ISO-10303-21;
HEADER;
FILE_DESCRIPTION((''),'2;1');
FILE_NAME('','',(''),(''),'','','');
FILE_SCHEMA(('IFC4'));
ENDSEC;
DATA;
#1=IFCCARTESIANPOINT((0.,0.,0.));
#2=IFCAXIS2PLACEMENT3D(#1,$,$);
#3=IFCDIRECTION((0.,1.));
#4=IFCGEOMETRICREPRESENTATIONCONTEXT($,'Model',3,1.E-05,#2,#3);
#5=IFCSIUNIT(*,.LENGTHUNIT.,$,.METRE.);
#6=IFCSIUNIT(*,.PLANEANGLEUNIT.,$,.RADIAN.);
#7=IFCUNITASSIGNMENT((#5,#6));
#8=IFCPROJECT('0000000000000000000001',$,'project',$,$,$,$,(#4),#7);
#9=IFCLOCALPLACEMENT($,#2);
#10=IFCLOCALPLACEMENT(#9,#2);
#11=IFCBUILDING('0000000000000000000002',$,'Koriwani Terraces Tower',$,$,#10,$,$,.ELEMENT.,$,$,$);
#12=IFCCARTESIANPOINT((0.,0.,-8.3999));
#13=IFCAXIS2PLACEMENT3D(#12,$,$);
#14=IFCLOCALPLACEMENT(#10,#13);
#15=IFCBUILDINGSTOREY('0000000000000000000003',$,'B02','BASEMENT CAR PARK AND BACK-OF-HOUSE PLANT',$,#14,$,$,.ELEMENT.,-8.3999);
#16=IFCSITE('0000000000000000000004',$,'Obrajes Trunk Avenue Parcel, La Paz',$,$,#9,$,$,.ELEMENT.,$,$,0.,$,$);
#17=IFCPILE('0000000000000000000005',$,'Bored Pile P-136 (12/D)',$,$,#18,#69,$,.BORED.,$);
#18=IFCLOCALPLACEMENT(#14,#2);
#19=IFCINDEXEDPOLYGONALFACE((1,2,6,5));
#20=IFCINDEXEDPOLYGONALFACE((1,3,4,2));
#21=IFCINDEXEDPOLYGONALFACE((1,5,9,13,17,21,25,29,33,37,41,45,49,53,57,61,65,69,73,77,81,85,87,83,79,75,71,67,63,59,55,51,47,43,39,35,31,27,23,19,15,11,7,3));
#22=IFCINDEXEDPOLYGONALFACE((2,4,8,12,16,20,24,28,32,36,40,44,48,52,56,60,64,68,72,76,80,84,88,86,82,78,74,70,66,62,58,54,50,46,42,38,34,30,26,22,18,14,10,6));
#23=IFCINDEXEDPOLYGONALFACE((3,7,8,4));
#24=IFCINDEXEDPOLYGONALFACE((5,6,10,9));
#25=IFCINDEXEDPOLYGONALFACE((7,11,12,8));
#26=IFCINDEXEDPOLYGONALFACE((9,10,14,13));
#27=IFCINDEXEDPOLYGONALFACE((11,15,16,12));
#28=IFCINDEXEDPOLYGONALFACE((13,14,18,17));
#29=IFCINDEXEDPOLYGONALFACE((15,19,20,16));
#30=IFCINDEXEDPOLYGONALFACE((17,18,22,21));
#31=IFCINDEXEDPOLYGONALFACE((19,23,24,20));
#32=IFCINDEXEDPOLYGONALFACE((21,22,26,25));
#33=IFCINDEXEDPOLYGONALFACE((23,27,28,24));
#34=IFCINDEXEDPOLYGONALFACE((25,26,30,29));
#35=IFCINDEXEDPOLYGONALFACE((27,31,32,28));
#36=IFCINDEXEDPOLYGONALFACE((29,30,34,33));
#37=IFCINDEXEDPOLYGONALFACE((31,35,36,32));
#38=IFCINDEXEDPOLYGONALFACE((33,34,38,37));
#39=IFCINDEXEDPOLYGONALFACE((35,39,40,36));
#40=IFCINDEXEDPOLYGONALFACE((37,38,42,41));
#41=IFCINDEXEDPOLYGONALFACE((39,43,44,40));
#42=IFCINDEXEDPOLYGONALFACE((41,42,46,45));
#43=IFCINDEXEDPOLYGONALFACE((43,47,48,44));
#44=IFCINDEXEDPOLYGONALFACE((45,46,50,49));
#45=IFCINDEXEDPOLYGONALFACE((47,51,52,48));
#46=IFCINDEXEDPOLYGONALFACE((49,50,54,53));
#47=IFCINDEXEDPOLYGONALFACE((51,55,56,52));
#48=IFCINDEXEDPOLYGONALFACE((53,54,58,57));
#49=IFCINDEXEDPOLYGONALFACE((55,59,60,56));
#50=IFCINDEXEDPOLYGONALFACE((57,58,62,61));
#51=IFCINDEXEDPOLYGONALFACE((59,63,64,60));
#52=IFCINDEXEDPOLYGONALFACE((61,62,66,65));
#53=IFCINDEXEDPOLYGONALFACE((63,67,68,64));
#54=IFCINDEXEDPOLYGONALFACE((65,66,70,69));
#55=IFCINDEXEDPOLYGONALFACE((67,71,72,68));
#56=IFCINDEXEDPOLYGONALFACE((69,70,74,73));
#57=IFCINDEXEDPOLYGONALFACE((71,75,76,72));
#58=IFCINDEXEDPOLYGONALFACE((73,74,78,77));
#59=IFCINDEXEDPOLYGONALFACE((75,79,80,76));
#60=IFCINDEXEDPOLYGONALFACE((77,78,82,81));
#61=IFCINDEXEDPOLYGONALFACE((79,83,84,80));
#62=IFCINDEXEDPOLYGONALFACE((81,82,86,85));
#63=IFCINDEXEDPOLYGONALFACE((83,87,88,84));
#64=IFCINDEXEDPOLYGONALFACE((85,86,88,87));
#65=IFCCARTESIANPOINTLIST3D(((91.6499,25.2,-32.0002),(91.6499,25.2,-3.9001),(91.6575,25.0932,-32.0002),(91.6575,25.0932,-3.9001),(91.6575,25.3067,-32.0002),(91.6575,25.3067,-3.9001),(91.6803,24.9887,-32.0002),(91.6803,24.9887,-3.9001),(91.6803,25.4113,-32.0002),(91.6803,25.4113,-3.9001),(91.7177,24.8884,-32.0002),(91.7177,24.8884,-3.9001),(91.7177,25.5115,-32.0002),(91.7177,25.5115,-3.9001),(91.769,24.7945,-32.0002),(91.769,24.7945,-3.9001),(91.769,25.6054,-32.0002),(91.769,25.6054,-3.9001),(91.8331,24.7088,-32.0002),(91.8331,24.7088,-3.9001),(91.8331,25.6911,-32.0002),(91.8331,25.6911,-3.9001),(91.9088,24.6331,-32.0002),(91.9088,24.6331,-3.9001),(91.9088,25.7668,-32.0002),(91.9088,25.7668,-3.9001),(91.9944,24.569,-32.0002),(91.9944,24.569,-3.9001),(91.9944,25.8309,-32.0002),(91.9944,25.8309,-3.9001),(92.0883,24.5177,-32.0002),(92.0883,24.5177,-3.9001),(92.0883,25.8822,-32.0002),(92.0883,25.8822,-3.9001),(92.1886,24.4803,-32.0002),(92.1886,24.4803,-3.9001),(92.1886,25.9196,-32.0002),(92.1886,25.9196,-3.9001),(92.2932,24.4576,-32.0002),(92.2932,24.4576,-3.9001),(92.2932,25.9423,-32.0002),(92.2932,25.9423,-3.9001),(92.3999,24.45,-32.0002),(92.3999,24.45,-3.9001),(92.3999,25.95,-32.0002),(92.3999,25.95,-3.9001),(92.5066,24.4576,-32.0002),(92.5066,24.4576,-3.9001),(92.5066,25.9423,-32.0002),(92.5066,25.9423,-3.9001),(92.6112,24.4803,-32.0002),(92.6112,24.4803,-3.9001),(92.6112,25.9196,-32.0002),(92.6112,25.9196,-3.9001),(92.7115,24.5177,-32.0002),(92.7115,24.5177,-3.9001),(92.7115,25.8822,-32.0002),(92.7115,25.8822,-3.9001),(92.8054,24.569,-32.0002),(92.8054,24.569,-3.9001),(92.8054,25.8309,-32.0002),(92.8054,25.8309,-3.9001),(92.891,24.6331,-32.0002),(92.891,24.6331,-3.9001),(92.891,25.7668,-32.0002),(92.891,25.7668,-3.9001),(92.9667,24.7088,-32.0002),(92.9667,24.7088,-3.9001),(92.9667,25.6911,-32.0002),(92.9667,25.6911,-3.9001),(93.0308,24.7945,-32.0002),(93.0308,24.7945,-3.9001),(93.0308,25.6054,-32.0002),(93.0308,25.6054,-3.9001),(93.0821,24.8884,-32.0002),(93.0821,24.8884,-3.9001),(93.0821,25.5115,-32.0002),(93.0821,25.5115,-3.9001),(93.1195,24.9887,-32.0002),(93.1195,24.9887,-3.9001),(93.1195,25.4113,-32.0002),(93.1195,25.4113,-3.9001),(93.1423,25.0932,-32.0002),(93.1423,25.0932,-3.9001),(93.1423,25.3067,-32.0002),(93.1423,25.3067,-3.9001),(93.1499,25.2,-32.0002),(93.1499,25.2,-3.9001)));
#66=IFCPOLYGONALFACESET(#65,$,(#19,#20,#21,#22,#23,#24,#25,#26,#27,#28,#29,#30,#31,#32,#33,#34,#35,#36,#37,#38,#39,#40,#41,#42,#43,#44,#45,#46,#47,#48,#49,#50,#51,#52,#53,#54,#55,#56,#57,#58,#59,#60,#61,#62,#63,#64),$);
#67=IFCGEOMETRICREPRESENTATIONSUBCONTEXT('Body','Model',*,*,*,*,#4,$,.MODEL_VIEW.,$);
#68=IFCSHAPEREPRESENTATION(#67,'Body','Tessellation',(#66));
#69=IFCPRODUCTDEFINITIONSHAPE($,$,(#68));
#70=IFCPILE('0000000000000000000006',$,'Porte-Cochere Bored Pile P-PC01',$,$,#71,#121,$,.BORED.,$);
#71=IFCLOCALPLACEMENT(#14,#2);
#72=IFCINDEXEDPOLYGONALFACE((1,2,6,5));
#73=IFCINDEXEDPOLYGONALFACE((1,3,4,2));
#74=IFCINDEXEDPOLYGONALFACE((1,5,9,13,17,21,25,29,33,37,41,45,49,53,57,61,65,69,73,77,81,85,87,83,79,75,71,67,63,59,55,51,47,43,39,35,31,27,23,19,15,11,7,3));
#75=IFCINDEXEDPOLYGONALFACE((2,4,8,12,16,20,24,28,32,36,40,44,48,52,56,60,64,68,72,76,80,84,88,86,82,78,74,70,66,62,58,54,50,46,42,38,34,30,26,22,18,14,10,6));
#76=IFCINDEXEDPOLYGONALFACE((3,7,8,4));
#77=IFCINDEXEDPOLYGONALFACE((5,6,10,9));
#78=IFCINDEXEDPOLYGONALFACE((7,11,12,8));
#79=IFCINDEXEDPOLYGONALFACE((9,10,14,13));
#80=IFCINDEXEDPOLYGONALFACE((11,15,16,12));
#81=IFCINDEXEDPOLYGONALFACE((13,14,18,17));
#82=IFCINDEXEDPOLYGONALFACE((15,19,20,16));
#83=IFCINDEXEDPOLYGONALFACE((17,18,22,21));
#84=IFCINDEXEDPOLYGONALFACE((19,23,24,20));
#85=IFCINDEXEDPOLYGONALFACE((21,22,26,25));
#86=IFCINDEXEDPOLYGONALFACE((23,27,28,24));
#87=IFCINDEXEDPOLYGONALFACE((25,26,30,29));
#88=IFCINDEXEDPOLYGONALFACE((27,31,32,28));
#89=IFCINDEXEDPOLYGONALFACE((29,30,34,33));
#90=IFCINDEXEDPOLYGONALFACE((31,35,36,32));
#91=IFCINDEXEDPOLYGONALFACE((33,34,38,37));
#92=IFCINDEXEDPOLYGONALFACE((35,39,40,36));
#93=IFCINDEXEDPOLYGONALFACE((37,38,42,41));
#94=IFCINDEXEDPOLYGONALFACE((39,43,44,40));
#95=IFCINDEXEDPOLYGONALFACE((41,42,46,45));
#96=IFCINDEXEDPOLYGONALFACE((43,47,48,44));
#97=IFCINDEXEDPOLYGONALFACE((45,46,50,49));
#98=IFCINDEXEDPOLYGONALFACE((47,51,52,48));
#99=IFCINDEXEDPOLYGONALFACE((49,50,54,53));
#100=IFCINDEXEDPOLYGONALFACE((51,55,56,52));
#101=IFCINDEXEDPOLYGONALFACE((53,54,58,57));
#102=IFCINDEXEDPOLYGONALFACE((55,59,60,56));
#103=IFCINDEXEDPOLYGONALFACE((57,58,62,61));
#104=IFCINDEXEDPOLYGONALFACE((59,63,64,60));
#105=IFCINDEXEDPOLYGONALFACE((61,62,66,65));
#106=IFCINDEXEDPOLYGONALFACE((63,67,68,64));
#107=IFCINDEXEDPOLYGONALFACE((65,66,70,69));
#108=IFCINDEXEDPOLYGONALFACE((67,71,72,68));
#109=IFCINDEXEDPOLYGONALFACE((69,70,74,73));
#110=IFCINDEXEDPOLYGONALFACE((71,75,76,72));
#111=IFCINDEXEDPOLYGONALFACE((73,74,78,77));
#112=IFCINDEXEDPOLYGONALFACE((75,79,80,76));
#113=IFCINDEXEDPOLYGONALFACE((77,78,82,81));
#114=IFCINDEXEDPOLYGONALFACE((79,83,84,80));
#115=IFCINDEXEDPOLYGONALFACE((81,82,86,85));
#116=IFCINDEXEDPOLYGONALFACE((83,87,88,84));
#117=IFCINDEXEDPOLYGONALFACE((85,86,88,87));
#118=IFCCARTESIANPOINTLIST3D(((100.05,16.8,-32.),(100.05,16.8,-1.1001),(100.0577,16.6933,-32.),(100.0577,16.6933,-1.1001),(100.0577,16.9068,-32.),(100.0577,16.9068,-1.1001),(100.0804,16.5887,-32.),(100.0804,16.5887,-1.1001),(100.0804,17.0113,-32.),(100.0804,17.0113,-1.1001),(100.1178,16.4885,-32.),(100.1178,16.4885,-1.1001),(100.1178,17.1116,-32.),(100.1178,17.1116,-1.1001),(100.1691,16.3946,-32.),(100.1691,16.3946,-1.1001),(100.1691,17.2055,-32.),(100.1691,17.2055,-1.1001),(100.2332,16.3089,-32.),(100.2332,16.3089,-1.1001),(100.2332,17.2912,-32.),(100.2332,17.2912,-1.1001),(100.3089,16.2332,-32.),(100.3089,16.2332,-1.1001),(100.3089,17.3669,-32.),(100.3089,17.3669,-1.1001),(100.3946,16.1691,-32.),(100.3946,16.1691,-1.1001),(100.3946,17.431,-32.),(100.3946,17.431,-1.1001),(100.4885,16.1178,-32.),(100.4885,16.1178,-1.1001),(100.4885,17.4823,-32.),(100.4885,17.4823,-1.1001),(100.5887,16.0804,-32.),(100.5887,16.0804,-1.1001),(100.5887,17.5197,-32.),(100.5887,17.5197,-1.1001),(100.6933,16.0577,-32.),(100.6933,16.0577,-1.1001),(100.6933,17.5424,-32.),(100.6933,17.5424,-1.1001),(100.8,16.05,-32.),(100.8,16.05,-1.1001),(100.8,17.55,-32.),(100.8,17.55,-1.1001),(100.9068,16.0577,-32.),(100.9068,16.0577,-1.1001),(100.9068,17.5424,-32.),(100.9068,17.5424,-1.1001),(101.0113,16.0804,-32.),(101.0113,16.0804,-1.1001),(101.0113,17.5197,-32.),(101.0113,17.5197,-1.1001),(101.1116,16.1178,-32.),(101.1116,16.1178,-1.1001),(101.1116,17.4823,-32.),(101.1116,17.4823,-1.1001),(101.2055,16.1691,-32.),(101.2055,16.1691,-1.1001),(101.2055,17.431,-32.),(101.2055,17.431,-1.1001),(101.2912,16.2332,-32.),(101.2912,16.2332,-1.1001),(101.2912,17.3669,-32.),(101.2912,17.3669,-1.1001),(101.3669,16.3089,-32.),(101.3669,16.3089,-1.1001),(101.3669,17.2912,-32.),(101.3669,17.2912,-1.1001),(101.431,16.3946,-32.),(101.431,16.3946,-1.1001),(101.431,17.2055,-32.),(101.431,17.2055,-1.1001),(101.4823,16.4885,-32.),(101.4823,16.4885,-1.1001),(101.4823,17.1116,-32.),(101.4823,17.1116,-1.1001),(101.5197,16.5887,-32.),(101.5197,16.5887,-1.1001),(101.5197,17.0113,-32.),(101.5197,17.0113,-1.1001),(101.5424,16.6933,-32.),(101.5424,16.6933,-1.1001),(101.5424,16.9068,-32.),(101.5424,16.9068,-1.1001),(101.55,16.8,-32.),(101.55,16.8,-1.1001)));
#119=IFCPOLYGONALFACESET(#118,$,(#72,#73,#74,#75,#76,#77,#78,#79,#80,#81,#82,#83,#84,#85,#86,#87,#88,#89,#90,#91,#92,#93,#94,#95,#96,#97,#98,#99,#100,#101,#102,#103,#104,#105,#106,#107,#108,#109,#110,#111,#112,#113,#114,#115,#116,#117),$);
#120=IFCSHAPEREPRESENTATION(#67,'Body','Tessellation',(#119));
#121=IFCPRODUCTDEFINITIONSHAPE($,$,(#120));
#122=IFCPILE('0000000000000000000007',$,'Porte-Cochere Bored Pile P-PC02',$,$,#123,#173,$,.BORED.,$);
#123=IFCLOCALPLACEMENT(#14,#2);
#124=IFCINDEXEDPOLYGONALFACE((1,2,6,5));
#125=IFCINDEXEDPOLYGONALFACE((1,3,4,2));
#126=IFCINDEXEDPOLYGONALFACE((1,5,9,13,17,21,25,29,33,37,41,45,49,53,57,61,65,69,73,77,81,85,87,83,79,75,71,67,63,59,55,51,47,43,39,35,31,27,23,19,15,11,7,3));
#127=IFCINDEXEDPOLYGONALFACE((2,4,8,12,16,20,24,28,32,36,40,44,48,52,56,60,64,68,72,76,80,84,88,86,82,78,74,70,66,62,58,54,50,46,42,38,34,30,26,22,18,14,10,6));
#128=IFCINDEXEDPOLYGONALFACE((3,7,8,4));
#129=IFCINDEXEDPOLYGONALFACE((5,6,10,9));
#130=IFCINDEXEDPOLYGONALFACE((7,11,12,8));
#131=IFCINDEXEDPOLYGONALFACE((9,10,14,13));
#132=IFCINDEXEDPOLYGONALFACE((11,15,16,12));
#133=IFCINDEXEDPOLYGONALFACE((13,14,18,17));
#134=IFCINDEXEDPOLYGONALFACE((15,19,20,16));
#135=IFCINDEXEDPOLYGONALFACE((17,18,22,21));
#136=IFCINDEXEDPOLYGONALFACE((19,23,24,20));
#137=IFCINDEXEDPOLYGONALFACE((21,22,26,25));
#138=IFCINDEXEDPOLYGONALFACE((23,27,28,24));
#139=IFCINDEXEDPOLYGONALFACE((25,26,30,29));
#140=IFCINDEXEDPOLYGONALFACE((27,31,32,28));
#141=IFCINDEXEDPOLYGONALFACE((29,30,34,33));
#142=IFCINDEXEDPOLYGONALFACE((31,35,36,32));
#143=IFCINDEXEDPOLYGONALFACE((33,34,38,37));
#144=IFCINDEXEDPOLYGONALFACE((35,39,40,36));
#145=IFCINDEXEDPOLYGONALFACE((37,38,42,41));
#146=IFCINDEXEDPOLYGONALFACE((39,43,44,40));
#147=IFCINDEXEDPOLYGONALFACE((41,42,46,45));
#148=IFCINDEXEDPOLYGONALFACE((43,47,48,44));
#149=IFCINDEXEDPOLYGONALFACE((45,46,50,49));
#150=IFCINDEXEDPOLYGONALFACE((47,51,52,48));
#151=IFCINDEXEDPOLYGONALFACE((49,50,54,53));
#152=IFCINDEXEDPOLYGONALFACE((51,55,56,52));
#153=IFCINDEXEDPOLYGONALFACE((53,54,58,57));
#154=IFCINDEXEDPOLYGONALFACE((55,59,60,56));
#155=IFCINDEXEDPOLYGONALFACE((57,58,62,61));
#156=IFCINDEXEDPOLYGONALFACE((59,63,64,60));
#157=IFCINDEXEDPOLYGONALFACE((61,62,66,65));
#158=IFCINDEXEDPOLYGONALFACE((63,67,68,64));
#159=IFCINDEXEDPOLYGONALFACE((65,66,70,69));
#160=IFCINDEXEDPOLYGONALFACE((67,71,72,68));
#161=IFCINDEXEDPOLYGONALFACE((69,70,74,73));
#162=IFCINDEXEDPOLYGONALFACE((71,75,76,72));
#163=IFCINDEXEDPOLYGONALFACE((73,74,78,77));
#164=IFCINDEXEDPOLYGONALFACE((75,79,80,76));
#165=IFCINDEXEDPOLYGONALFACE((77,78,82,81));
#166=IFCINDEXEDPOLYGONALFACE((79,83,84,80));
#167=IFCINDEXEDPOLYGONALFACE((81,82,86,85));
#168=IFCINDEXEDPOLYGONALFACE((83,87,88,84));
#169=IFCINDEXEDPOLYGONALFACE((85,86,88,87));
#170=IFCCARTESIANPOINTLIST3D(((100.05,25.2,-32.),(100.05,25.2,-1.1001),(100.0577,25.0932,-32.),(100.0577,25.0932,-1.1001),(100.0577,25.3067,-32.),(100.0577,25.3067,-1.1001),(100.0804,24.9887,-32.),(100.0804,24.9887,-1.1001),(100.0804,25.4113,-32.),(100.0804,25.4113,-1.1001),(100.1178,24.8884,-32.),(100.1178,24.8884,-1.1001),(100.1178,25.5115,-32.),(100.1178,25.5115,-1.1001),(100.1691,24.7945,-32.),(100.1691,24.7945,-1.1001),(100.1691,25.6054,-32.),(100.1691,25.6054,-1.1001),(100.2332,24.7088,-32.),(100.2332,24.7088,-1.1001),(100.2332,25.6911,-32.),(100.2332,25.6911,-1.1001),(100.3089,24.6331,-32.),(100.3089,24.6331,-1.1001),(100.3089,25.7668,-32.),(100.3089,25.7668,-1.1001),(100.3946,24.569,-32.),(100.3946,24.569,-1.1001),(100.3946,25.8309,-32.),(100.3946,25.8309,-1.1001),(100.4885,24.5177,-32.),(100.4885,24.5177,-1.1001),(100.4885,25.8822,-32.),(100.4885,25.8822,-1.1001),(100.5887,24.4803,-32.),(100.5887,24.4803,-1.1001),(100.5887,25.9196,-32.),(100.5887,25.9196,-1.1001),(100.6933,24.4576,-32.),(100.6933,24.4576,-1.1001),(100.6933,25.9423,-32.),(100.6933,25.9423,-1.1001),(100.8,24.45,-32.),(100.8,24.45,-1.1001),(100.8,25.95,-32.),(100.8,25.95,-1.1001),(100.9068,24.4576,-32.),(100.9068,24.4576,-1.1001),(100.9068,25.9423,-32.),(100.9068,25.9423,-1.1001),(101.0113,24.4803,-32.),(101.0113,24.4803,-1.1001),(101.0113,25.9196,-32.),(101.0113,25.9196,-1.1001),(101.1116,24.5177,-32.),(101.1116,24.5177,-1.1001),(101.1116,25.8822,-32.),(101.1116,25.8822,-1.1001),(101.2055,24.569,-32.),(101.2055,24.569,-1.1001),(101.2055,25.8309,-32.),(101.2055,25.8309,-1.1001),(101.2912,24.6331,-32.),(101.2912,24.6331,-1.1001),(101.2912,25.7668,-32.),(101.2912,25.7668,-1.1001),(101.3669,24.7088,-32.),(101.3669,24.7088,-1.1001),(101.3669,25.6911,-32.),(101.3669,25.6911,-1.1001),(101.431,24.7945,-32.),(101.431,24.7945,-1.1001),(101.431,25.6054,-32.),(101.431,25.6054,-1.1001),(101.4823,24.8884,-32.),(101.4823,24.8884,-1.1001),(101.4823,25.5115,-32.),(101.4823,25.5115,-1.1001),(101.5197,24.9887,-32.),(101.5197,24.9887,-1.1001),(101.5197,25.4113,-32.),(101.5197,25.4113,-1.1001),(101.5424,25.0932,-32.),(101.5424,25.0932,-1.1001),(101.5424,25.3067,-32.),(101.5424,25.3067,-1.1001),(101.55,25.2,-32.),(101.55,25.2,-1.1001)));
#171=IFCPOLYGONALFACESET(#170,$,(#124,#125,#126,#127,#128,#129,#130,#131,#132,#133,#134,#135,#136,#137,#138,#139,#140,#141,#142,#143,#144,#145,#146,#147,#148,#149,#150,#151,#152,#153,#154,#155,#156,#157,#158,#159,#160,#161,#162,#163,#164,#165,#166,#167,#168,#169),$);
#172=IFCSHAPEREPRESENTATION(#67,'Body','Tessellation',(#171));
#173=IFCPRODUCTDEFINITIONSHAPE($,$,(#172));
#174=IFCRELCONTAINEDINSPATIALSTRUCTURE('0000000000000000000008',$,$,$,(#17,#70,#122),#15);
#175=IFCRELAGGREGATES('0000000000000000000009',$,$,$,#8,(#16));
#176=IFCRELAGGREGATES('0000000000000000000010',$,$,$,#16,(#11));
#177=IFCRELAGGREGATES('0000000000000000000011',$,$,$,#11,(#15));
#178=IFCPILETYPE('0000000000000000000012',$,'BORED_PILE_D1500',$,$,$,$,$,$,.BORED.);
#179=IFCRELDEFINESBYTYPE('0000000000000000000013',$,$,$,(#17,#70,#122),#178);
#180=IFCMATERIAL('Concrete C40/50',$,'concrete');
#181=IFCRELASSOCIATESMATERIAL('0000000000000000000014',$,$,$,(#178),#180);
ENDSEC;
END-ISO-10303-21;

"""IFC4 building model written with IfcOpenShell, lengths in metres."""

from ifc_helpers import new_model, si_unit, direction, frame, origin, origin_2d, place, context, subcontext, project, spatial, circle, extrude, material, material_profile, profile_set, type_object, element, save


model = new_model("IFC4")

# Units and contexts
model_context = context("Model", 3, precision=1e-05, world=origin(), true_north=direction((0.0, 1.0)))
body_context = subcontext(model_context, "Body", "Model", "MODEL_VIEW")
ifc_project = project(units=[si_unit("LENGTHUNIT", "METRE"), si_unit("PLANEANGLEUNIT", "RADIAN")], contexts=[model_context])

# Site, building, storey
site_placement = place(None, origin())
site = spatial("IfcSite", under=ifc_project, at=site_placement, Name="Obrajes Trunk Avenue Parcel, La Paz", CompositionType="ELEMENT", RefElevation=0.0)
building_placement = place(site_placement, origin())
building = spatial("IfcBuilding", under=site, at=building_placement, Name="Koriwani Terraces Tower", CompositionType="ELEMENT")
storey_placement = place(building_placement, frame((0.0, 0.0, -8.3999)))
storey = spatial("IfcBuildingStorey", under=building, at=storey_placement, Name="B02", Description="BASEMENT CAR PARK AND BACK-OF-HOUSE PLANT", CompositionType="ELEMENT", Elevation=-8.3999)

# Piles
ifc_material_1 = material(Name="Concrete C40/50", Category="concrete")
ifc_material_profile_1 = material_profile(ifc_material_1, circle(Radius=0.75, at=origin_2d()), Name="Concrete C40/50")
ifc_profile_set_1 = profile_set([ifc_material_profile_1], Name="Concrete C40/50")
pile_type_1 = type_object("IfcPileType", Name="BORED_PILE_D1500", PredefinedType="BORED", material=ifc_profile_set_1)
for number, where, z_axis, x_axis, name in (
    (1, (92.3999, 25.2, -3.9001), (0.0, 0.0, -1.0), (1.0, 0.0, 0.0), "Bored Pile P-136 (12/D)"),
):
    element("IfcPile", number, at=place(storey_placement, frame(where, z_axis=z_axis, x_axis=x_axis)), inside=storey, type_object=pile_type_1, Name=name, PredefinedType="BORED", context=body_context, shape_type="SweptSolid", body=[
        extrude(circle(Radius=0.75, at=origin_2d()), origin(), (0.0, 0.0, 1.0), 28.1001),
    ])
for number, where, z_axis, x_axis, name in (
    (2, (100.8, 16.8, -1.1001), (0.0, 0.0, -1.0), (1.0, 0.0, 0.0), "Porte-Cochere Bored Pile P-PC01"),
    (3, (100.8, 25.2, -1.1001), (0.0, 0.0, -1.0), (1.0, 0.0, 0.0), "Porte-Cochere Bored Pile P-PC02"),
):
    element("IfcPile", number, at=place(storey_placement, frame(where, z_axis=z_axis, x_axis=x_axis)), inside=storey, type_object=pile_type_1, Name=name, PredefinedType="BORED", context=body_context, shape_type="SweptSolid", body=[
        extrude(circle(Radius=0.75, at=origin_2d()), origin(), (0.0, 0.0, 1.0), 30.8999),
    ])

save(model, "model.ifc")
